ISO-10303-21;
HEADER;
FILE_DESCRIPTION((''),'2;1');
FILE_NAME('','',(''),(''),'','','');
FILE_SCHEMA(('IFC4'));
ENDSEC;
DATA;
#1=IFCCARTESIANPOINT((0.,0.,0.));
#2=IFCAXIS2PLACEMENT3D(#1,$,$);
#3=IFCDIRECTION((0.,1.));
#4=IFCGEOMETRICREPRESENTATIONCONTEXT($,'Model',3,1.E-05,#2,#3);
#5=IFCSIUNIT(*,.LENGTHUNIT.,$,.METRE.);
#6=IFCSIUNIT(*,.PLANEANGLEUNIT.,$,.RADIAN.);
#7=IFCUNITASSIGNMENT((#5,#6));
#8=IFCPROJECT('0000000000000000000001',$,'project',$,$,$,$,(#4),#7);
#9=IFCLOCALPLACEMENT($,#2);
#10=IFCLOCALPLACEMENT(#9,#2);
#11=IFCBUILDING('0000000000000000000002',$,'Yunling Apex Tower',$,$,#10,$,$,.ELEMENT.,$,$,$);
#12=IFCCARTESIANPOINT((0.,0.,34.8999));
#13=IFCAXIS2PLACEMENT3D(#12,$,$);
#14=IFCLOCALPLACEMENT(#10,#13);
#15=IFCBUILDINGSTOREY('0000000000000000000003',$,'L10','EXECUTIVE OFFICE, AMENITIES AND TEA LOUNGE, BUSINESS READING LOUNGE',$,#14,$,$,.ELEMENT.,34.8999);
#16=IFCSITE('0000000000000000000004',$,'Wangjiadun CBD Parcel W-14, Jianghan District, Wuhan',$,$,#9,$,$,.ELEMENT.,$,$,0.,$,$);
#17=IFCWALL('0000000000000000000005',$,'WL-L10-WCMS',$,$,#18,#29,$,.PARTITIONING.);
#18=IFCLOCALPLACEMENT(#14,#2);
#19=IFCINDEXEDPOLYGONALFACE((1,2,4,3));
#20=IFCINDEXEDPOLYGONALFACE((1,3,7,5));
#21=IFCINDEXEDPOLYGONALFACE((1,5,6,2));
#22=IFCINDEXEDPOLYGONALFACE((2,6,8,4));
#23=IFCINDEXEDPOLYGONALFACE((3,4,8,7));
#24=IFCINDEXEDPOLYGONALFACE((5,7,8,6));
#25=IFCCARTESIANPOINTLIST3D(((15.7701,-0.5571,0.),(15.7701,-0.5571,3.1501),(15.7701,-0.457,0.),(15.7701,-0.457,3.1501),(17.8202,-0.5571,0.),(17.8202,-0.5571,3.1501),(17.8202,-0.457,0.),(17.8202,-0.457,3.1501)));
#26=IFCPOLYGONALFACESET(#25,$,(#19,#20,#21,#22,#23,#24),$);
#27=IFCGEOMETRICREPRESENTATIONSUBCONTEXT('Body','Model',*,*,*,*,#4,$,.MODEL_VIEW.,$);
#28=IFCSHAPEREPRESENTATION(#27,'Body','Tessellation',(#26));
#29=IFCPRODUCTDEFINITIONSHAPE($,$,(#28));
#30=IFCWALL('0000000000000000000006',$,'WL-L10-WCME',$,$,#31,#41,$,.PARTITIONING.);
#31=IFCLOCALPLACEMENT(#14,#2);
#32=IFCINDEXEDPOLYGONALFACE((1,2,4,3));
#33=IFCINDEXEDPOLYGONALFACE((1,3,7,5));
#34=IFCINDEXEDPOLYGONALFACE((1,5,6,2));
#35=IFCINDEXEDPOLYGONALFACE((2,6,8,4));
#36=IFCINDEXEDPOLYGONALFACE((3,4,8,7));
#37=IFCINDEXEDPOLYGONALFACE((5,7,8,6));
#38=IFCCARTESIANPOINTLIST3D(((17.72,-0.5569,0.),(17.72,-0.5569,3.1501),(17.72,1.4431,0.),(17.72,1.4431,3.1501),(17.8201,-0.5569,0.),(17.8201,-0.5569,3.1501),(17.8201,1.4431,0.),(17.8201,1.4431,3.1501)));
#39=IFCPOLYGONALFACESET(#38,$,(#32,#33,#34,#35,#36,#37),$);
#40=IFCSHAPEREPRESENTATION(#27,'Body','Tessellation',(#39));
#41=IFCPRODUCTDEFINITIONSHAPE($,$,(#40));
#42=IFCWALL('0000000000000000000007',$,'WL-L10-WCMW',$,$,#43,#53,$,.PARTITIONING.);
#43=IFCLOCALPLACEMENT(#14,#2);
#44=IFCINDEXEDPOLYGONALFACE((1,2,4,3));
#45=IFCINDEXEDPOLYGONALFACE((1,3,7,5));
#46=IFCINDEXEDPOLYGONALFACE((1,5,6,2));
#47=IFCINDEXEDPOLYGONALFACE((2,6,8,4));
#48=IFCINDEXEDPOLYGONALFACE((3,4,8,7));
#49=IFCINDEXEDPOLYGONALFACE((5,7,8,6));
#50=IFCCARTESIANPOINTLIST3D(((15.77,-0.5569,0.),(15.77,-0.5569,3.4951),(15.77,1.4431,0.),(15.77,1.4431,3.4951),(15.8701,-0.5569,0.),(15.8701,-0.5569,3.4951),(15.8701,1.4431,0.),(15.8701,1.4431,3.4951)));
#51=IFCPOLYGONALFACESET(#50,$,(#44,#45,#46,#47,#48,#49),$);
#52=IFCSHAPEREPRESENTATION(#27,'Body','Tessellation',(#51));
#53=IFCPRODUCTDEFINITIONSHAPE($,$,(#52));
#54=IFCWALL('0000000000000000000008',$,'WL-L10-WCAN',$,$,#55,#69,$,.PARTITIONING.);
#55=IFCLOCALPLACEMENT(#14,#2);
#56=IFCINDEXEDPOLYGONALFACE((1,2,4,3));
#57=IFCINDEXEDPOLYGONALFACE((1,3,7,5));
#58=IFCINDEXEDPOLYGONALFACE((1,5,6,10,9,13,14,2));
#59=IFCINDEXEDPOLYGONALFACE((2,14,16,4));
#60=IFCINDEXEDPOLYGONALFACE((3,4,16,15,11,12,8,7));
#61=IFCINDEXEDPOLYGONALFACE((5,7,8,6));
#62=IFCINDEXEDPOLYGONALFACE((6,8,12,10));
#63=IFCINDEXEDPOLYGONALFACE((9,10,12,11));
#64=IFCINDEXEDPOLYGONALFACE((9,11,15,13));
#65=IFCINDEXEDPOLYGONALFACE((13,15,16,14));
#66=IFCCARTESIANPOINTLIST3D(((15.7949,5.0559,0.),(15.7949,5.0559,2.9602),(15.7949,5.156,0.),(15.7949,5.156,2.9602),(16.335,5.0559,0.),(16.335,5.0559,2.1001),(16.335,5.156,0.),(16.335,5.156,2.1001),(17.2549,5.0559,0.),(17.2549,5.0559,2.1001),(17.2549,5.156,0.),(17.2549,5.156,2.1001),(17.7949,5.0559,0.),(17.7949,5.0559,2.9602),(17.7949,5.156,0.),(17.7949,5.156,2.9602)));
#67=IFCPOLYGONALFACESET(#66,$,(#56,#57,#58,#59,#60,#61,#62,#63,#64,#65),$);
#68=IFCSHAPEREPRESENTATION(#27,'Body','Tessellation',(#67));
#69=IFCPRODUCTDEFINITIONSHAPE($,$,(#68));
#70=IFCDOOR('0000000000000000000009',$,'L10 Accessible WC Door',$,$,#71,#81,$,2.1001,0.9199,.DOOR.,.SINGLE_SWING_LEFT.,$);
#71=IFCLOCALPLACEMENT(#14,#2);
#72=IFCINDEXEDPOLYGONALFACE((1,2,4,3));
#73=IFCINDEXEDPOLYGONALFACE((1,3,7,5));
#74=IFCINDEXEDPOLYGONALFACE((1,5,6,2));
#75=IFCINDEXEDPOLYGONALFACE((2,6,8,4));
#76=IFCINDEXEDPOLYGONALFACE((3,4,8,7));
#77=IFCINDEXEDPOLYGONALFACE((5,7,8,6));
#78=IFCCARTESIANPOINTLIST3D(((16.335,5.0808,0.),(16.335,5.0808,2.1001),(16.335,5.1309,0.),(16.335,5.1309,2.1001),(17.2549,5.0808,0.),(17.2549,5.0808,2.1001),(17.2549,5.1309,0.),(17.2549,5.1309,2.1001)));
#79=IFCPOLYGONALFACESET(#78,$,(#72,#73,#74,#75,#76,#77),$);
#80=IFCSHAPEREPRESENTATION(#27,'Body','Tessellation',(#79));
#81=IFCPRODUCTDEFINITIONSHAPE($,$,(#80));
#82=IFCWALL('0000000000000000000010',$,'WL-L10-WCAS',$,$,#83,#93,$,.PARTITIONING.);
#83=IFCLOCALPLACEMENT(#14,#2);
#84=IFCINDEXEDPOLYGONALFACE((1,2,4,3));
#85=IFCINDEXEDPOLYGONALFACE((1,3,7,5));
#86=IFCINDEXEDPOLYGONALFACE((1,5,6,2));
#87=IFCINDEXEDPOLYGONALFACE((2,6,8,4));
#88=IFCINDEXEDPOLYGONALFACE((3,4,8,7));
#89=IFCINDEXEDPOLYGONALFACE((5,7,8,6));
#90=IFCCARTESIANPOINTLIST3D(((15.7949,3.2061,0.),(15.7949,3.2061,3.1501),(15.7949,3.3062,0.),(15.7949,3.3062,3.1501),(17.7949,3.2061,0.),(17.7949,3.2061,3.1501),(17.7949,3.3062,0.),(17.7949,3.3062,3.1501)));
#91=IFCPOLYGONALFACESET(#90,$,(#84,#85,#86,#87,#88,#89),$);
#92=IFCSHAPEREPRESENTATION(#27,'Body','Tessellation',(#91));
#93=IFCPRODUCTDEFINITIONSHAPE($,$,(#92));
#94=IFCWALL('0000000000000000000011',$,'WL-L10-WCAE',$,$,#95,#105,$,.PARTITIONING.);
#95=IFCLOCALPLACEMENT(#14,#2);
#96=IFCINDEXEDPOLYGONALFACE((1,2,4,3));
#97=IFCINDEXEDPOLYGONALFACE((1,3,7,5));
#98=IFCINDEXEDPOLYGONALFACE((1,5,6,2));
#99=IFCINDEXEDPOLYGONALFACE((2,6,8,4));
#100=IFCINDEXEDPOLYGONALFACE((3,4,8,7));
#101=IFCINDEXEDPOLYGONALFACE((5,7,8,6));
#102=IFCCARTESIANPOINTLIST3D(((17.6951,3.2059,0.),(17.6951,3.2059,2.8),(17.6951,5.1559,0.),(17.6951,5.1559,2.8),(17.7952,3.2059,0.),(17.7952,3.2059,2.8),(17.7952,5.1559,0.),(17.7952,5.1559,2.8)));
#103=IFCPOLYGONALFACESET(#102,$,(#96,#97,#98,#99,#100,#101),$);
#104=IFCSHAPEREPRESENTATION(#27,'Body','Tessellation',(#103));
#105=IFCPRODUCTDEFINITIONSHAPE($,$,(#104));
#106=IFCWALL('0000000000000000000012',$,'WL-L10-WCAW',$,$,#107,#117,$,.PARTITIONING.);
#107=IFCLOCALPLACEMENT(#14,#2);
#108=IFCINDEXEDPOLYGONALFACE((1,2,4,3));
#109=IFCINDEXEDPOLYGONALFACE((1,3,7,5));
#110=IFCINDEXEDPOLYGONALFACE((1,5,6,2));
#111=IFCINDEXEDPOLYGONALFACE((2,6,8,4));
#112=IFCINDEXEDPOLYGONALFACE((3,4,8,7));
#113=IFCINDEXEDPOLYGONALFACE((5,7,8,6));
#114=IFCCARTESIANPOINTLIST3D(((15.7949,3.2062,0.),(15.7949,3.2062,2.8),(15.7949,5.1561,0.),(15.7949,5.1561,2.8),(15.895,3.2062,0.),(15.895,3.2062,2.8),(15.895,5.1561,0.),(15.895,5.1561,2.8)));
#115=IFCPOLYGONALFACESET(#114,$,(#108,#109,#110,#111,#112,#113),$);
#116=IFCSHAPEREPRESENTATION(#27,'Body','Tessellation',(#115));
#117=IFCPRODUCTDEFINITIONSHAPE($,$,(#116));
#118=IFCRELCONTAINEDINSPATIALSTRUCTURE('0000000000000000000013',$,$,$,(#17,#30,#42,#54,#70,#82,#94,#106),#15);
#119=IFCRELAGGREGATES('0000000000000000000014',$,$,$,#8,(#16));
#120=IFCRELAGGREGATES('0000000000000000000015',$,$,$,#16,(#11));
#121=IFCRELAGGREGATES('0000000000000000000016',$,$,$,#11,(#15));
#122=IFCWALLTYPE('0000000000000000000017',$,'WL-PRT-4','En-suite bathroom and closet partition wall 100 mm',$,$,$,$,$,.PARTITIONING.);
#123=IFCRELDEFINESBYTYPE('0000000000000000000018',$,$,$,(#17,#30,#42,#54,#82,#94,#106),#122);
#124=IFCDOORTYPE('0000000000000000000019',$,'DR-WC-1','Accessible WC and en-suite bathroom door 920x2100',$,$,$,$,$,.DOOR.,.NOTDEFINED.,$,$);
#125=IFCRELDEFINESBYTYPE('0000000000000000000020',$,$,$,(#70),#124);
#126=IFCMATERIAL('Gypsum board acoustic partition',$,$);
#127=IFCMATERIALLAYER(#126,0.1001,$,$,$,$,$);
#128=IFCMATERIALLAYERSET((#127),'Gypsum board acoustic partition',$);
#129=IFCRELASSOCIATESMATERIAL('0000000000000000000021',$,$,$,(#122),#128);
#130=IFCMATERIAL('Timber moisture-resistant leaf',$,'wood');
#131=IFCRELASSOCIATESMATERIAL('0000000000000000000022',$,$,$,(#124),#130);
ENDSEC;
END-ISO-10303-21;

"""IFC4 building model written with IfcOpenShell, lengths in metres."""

from ifc_helpers import new_model, si_unit, direction, frame, frame_2d, origin, place, context, subcontext, project, spatial, rectangle, extrude, material, layer, layer_set, type_object, element, fill, save


model = new_model("IFC4")

# Units and contexts
model_context = context("Model", 3, precision=1e-05, world=origin(), true_north=direction((0.0, 1.0)))
body_context = subcontext(model_context, "Body", "Model", "MODEL_VIEW")
ifc_project = project(units=[si_unit("LENGTHUNIT", "METRE"), si_unit("PLANEANGLEUNIT", "RADIAN")], contexts=[model_context])

# Site, building, storey
site_placement = place(None, origin())
site = spatial("IfcSite", under=ifc_project, at=site_placement, Name="Wangjiadun CBD Parcel W-14, Jianghan District, Wuhan", CompositionType="ELEMENT", RefElevation=0.0)
building_placement = place(site_placement, origin())
building = spatial("IfcBuilding", under=site, at=building_placement, Name="Yunling Apex Tower", CompositionType="ELEMENT")
storey_placement = place(building_placement, frame((0.0, 0.0, 34.8999)))
storey = spatial("IfcBuildingStorey", under=building, at=storey_placement, Name="L10", Description="EXECUTIVE OFFICE, AMENITIES AND TEA LOUNGE, BUSINESS READING LOUNGE", CompositionType="ELEMENT", Elevation=34.8999)

# Shared definitions
ifc_material_1 = material(Name="Gypsum board acoustic partition")
ifc_layer_1 = layer(ifc_material_1, 0.1001)
ifc_layer_set_1 = layer_set([ifc_layer_1], Name="Gypsum board acoustic partition")
wall_type = type_object("IfcWallType", Name="WL-PRT-4", Description="En-suite bathroom and closet partition wall 100 mm", PredefinedType="PARTITIONING", material=ifc_layer_set_1)
ifc_material_2 = material(Name="Timber moisture-resistant leaf", Category="wood")
door_type = type_object("IfcDoorType", Name="DR-WC-1", Description="Accessible WC and en-suite bathroom door 920x2100", OperationType="NOTDEFINED", PredefinedType="DOOR", material=ifc_material_2)

# Walls
wall_1_placement = place(storey_placement, frame((17.8201, -0.5071, 0.0), z_axis=(0.0, 0.0, 1.0), x_axis=(-1.0, 0.0, 0.0)))
element("IfcWall", 1, at=wall_1_placement, inside=storey, type_object=wall_type, Name="WL-L10-WCMS", PredefinedType="PARTITIONING", context=body_context, shape_type="SweptSolid", body=[
    extrude(rectangle(XDim=2.05, YDim=0.1001, at=frame_2d((1.0249, 0.0))), origin(), (0.0, 0.0, 1.0), 3.1501),
])
wall_2_placement = place(storey_placement, frame((17.77, 1.4431, 0.0), z_axis=(0.0, 0.0, 1.0), x_axis=(0.0, -1.0, 0.0)))
element("IfcWall", 2, at=wall_2_placement, inside=storey, type_object=wall_type, Name="WL-L10-WCME", PredefinedType="PARTITIONING", context=body_context, shape_type="SweptSolid", body=[
    extrude(rectangle(XDim=2.0, YDim=0.1001, at=frame_2d((1.0, 0.0))), origin(), (0.0, 0.0, 1.0), 3.1501),
])
wall_3_placement = place(storey_placement, frame((15.8201, -0.5569, 0.0), z_axis=(0.0, 0.0, 1.0), x_axis=(0.0, 1.0, 0.0)))
element("IfcWall", 3, at=wall_3_placement, inside=storey, type_object=wall_type, Name="WL-L10-WCMW", PredefinedType="PARTITIONING", context=body_context, shape_type="SweptSolid", body=[
    extrude(rectangle(XDim=2.0, YDim=0.1001, at=frame_2d((1.0, 0.0))), origin(), (0.0, 0.0, 1.0), 3.4951),
])

# Wall, opening, door
wall_4_placement = place(storey_placement, frame((15.7949, 5.106, 0.0), z_axis=(0.0, 0.0, 1.0), x_axis=(1.0, 0.0, 0.0)))
wall_4 = element("IfcWall", 4, at=wall_4_placement, inside=storey, type_object=wall_type, Name="WL-L10-WCAN", PredefinedType="PARTITIONING", context=body_context, shape_type="SweptSolid", body=[
    extrude(rectangle(XDim=2.0, YDim=0.1001, at=frame_2d((1.0, 0.0))), origin(), (0.0, 0.0, 1.0), 2.9602),
])
opening_1_placement = place(wall_4_placement, frame((0.54, 0.0, 0.0)))
opening_1 = element("IfcOpeningElement", 5, at=opening_1_placement, cuts=wall_4, PredefinedType="OPENING", context=body_context, shape_type="SweptSolid", body=[
    extrude(rectangle(XDim=0.9199, YDim=2.1001, at=frame_2d((0.46, 1.05))), frame((0.0, 0.0601, 0.0), z_axis=(0.0, -1.0, 0.0), x_axis=(1.0, 0.0, 0.0)), (0.0, 0.0, 1.0), 0.1201),
])
door_1_placement = place(opening_1_placement, origin())
door_1 = element("IfcDoor", 6, at=door_1_placement, inside=storey, type_object=door_type, Name="L10 Accessible WC Door", OperationType="SINGLE_SWING_LEFT", OverallHeight=2.1001, OverallWidth=0.9199, PredefinedType="DOOR", context=body_context, shape_type="SweptSolid", body=[
    extrude(rectangle(XDim=0.9199, YDim=2.1001, at=frame_2d((0.46, 1.05))), frame((0.0, 0.0249, 0.0), z_axis=(0.0, -1.0, 0.0), x_axis=(1.0, 0.0, 0.0)), (0.0, 0.0, 1.0), 0.05),
])
fill(opening_1, door_1)

# Walls
wall_5_placement = place(storey_placement, frame((17.7949, 3.2561, 0.0), z_axis=(0.0, 0.0, 1.0), x_axis=(-1.0, 0.0, 0.0)))
element("IfcWall", 7, at=wall_5_placement, inside=storey, type_object=wall_type, Name="WL-L10-WCAS", PredefinedType="PARTITIONING", context=body_context, shape_type="SweptSolid", body=[
    extrude(rectangle(XDim=2.0, YDim=0.1001, at=frame_2d((1.0, 0.0))), origin(), (0.0, 0.0, 1.0), 3.1501),
])
for number, where, z_axis, x_axis, name in (
    (8, (17.7451, 5.156, 0.0), (0.0, 0.0, 1.0), (0.0, -1.0, 0.0), "WL-L10-WCAE"),
    (9, (15.845, 3.2061, 0.0), (0.0, 0.0, 1.0), (0.0, 1.0, 0.0), "WL-L10-WCAW"),
):
    element("IfcWall", number, at=place(storey_placement, frame(where, z_axis=z_axis, x_axis=x_axis)), inside=storey, type_object=wall_type, Name=name, PredefinedType="PARTITIONING", context=body_context, shape_type="SweptSolid", body=[
        extrude(rectangle(XDim=1.95, YDim=0.1001, at=frame_2d((0.9751, 0.0))), origin(), (0.0, 0.0, 1.0), 2.8),
    ])

save(model, "model.ifc")
